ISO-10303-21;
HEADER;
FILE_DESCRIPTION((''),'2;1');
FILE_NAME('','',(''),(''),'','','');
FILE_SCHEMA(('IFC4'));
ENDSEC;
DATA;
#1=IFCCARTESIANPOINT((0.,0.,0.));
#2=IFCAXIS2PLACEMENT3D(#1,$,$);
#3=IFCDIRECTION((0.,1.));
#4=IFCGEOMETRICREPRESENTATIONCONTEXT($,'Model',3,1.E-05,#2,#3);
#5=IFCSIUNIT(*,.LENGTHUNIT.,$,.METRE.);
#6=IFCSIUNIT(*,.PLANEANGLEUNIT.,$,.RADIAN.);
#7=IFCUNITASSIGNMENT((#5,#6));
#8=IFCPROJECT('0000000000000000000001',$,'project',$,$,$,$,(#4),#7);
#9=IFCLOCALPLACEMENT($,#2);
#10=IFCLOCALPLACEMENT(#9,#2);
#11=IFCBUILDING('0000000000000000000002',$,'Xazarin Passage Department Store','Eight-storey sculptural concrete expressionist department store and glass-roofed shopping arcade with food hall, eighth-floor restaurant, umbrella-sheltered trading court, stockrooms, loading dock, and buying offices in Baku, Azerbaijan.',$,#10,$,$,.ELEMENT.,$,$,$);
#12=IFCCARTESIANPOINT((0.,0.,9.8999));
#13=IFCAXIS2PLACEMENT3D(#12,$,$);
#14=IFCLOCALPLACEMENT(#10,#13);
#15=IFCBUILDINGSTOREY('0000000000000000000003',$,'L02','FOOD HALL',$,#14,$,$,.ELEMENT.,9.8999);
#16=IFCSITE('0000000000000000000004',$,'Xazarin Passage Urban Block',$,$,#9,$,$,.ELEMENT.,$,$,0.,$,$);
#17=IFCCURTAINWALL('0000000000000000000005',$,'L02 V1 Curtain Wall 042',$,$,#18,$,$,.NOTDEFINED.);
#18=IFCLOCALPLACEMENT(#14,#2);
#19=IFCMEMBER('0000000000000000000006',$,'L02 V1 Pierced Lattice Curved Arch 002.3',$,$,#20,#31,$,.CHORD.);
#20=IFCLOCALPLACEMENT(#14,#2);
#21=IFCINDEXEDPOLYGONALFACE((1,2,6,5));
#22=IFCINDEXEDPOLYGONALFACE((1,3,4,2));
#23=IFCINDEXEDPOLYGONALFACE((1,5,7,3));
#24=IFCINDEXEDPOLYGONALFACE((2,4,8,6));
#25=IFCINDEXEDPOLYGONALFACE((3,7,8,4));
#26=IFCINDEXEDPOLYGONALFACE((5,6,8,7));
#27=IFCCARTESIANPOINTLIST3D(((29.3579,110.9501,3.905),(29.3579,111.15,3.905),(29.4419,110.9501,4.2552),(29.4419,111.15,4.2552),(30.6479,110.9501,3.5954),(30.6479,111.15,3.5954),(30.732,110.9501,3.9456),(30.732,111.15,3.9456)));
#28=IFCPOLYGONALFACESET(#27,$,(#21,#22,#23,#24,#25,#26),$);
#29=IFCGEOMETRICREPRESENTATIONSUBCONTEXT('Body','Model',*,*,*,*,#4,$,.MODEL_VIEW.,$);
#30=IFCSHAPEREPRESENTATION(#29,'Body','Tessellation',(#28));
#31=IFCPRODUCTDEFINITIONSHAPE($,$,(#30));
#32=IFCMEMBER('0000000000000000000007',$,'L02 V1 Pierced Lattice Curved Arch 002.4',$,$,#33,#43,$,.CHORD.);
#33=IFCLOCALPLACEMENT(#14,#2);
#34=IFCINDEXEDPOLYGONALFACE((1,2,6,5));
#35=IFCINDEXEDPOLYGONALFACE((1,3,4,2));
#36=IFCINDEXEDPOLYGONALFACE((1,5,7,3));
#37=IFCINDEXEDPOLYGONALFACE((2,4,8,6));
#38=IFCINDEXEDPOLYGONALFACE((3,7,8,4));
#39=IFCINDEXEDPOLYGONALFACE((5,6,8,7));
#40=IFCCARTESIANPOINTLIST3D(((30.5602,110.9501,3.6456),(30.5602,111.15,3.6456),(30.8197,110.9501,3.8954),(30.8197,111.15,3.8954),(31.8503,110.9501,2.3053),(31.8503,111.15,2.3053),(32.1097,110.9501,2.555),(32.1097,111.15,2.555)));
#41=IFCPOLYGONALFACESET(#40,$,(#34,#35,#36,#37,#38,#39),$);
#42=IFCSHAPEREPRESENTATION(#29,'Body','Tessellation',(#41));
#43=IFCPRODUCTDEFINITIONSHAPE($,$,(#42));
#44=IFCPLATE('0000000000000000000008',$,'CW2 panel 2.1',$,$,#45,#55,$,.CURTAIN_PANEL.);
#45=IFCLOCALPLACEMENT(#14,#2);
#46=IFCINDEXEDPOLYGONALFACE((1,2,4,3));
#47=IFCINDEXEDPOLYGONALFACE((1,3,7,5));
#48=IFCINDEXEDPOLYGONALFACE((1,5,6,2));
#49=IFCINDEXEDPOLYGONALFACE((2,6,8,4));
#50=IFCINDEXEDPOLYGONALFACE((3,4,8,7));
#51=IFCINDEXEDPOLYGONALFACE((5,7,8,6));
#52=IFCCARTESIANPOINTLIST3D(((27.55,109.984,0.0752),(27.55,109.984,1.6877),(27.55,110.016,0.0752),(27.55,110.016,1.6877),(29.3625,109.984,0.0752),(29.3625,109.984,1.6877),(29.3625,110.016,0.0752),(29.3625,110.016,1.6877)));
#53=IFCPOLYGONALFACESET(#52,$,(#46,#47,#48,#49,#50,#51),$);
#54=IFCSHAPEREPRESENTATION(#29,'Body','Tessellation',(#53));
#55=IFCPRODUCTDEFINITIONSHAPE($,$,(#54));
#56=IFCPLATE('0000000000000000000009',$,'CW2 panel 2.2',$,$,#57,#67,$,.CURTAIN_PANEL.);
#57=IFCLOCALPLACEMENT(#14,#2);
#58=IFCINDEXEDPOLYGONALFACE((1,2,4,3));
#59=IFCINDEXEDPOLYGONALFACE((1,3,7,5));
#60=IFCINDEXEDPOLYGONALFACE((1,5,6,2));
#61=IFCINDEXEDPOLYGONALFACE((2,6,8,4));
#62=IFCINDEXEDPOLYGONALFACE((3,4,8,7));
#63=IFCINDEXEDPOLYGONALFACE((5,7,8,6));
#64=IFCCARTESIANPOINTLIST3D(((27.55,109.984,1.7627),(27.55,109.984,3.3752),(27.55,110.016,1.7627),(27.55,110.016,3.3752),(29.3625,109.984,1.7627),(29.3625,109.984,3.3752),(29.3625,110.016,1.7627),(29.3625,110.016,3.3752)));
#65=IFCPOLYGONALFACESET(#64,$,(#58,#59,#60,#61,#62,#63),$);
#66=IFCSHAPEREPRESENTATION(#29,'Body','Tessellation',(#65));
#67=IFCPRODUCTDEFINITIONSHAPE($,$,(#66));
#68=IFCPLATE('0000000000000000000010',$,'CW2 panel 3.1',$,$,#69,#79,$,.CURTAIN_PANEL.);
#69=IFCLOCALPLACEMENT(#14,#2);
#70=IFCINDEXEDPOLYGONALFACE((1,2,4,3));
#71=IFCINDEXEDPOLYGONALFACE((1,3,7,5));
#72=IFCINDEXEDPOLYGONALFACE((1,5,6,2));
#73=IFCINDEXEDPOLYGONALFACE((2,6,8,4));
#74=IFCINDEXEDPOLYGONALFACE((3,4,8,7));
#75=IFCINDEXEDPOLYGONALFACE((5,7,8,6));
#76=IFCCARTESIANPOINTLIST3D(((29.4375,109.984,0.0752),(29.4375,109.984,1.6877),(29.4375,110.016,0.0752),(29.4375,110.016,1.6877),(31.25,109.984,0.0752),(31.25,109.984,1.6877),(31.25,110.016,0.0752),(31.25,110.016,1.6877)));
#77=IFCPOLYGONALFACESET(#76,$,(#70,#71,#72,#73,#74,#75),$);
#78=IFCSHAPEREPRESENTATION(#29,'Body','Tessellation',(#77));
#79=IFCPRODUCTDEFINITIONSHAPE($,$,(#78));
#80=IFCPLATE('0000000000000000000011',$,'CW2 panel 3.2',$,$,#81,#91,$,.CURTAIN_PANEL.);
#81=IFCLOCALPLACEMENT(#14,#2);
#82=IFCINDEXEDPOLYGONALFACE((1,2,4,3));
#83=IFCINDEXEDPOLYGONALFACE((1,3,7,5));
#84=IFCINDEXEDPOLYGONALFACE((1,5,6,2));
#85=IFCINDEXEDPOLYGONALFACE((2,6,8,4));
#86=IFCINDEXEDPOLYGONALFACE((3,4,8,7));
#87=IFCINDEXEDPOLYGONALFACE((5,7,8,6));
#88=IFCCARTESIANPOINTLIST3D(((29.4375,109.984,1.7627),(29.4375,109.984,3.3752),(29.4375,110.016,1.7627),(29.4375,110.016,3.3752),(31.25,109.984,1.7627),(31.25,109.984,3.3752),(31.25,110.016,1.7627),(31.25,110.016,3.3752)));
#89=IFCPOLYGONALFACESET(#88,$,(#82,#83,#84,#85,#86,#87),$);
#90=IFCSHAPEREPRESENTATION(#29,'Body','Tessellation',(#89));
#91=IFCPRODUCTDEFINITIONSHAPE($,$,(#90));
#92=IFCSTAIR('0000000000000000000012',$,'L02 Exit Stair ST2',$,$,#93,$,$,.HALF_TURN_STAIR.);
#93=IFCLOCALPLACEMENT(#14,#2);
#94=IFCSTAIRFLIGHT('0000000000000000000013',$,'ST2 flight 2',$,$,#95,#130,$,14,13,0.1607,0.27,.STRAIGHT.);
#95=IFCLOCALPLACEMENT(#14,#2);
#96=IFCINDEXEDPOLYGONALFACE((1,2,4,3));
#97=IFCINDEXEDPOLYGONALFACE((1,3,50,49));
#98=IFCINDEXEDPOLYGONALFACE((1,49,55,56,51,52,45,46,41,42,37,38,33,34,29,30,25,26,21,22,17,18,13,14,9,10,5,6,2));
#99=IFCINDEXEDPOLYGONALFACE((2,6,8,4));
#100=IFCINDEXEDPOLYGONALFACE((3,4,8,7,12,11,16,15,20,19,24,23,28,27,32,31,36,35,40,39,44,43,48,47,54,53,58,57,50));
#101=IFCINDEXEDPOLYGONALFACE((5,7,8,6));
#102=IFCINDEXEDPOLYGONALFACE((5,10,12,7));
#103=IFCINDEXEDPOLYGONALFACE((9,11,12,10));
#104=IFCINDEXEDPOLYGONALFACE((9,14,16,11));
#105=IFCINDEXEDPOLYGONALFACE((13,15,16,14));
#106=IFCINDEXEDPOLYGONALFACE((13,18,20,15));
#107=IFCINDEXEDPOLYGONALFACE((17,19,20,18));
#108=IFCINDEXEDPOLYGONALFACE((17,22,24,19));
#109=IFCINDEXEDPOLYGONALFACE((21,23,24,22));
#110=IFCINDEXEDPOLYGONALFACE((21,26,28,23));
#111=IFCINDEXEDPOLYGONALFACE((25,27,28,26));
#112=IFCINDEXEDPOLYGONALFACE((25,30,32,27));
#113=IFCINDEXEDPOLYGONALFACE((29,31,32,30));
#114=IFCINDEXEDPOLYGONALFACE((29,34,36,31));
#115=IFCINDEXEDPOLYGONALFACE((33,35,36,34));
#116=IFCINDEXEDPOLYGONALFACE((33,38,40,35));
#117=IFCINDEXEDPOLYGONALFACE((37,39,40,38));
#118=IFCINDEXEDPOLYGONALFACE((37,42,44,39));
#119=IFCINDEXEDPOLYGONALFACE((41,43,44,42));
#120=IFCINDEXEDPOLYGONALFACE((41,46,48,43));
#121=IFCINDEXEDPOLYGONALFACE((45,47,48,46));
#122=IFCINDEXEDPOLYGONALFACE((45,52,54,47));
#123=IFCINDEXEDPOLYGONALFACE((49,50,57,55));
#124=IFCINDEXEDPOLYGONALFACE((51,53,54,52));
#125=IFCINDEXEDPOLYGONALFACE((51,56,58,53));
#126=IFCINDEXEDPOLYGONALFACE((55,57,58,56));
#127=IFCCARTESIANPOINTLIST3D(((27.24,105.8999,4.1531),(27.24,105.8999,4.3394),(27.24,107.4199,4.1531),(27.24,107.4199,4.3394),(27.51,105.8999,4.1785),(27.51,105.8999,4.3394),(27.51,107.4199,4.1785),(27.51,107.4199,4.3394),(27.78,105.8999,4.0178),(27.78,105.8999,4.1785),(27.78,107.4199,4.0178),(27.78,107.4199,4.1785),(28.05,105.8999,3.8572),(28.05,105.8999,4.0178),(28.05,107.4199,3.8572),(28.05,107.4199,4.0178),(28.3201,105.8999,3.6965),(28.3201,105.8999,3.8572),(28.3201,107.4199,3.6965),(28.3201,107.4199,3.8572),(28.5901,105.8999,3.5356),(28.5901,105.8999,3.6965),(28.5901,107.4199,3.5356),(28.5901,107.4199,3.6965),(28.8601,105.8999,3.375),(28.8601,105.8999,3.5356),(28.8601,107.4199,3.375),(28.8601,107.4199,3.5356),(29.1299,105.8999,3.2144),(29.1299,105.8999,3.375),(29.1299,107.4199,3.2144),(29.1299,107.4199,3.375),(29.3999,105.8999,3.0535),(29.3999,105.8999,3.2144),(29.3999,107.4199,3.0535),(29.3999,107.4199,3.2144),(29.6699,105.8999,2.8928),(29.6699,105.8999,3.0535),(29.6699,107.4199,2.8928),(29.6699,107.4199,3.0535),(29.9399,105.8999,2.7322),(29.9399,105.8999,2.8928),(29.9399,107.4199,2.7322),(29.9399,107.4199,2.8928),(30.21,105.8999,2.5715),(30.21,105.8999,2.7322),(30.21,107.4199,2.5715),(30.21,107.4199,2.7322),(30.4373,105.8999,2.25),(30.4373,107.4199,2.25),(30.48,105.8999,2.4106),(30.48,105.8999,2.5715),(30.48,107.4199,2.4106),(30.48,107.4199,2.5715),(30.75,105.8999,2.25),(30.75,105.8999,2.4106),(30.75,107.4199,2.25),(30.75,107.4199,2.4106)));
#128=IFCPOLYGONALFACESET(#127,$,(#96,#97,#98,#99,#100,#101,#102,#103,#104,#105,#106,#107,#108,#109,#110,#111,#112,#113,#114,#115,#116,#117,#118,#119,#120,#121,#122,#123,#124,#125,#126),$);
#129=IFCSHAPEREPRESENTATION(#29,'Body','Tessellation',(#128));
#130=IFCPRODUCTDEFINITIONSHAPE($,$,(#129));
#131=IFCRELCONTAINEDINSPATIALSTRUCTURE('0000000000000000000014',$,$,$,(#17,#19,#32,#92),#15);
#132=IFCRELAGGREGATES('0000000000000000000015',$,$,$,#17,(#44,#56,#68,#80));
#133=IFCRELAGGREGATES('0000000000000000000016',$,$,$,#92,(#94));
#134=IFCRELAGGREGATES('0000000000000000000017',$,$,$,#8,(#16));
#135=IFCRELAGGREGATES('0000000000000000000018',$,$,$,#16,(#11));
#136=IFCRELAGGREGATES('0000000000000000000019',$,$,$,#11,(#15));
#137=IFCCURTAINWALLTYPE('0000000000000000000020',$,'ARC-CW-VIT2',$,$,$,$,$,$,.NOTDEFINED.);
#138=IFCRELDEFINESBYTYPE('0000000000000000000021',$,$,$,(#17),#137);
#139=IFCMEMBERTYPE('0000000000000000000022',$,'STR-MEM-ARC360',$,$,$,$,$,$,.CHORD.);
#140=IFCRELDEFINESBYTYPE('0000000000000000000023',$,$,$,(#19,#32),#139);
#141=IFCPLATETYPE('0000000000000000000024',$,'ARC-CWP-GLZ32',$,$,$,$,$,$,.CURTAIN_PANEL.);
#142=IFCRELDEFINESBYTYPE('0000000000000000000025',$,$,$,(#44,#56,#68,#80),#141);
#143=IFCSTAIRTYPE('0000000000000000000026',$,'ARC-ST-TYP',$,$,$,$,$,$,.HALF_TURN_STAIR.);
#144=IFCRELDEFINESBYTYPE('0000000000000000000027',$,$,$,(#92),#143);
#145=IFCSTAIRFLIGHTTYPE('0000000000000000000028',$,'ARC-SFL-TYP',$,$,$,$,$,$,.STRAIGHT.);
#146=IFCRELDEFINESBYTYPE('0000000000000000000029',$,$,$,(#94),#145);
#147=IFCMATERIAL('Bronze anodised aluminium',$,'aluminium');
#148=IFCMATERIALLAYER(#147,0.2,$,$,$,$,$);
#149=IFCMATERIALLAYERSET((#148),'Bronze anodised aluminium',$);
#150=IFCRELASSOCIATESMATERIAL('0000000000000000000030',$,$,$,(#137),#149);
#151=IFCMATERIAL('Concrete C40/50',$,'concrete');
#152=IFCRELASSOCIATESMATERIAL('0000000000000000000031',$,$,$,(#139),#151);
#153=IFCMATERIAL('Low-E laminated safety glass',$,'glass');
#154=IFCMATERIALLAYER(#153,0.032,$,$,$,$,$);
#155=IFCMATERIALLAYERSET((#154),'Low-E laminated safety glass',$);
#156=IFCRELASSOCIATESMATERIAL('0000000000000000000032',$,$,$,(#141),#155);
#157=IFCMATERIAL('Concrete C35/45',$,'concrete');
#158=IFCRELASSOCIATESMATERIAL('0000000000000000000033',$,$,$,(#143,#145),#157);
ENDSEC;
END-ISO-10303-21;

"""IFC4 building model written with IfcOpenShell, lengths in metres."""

from ifc_helpers import new_model, si_unit, direction, frame, origin, origin_2d, place, context, subcontext, project, spatial, polyline, rectangle, outline, extrude, material, layer, layer_set, material_profile, profile_set, type_object, element, aggregate, save


model = new_model("IFC4")

# Units and contexts
model_context = context("Model", 3, precision=1e-05, world=origin(), true_north=direction((0.0, 1.0)))
body_context = subcontext(model_context, "Body", "Model", "MODEL_VIEW")
ifc_project = project(units=[si_unit("LENGTHUNIT", "METRE"), si_unit("PLANEANGLEUNIT", "RADIAN")], contexts=[model_context])

# Site, building, storey
site_placement = place(None, origin())
site = spatial("IfcSite", under=ifc_project, at=site_placement, Name="Xazarin Passage Urban Block", CompositionType="ELEMENT", RefElevation=0.0)
building_placement = place(site_placement, origin())
building = spatial("IfcBuilding", under=site, at=building_placement, Name="Xazarin Passage Department Store", Description="Eight-storey sculptural concrete expressionist department store and glass-roofed shopping arcade with food hall, eighth-floor restaurant, umbrella-sheltered trading court, stockrooms, loading dock, and buying offices in Baku, Azerbaijan.", CompositionType="ELEMENT")
storey_placement = place(building_placement, frame((0.0, 0.0, 9.8999)))
storey = spatial("IfcBuildingStorey", under=building, at=storey_placement, Name="L02", Description="FOOD HALL", CompositionType="ELEMENT", Elevation=9.8999)

# Curtain wall
ifc_material_1 = material(Name="Bronze anodised aluminium", Category="aluminium")
ifc_layer_1 = layer(ifc_material_1, 0.2)
ifc_layer_set_1 = layer_set([ifc_layer_1], Name="Bronze anodised aluminium")
curtain_wall_type = type_object("IfcCurtainWallType", Name="ARC-CW-VIT2", PredefinedType="NOTDEFINED", material=ifc_layer_set_1)
curtain_wall_placement = place(storey_placement, origin())
curtain_wall = element("IfcCurtainWall", 1, at=curtain_wall_placement, inside=storey, type_object=curtain_wall_type, Name="L02 V1 Curtain Wall 042", PredefinedType="NOTDEFINED")

# Members
ifc_material_2 = material(Name="Concrete C40/50", Category="concrete")
ifc_material_profile_1 = material_profile(ifc_material_2, rectangle(XDim=0.2, YDim=0.3601, at=origin_2d()), Name="RC 200x360")
ifc_profile_set_1 = profile_set([ifc_material_profile_1], Name="Concrete C40/50")
member_type_1 = type_object("IfcMemberType", Name="STR-MEM-ARC360", PredefinedType="CHORD", material=ifc_profile_set_1)
member_1_placement = place(storey_placement, frame((29.3999, 111.05, 4.0801), z_axis=(0.972394, 0.0, -0.233345), x_axis=(0.0, 1.0, 0.0)))
element("IfcMember", 2, at=member_1_placement, inside=storey, type_object=member_type_1, Name="L02 V1 Pierced Lattice Curved Arch 002.3", PredefinedType="CHORD", context=body_context, shape_type="SweptSolid", body=[
    extrude(rectangle(XDim=0.2, YDim=0.3601, at=origin_2d()), origin(), (0.0, 0.0, 1.0), 1.3267),
])
member_2_placement = place(storey_placement, frame((30.6899, 111.05, 3.7705), z_axis=(0.69346, 0.0, -0.720495), x_axis=(0.0, 1.0, 0.0)))
element("IfcMember", 3, at=member_2_placement, inside=storey, type_object=member_type_1, Name="L02 V1 Pierced Lattice Curved Arch 002.4", PredefinedType="CHORD", context=body_context, shape_type="SweptSolid", body=[
    extrude(rectangle(XDim=0.2, YDim=0.3601, at=origin_2d()), origin(), (0.0, 0.0, 1.0), 1.8604),
])

# Plates
ifc_material_3 = material(Name="Low-E laminated safety glass", Category="glass")
ifc_layer_2 = layer(ifc_material_3, 0.032)
ifc_layer_set_2 = layer_set([ifc_layer_2], Name="Low-E laminated safety glass")
plate_type = type_object("IfcPlateType", Name="ARC-CWP-GLZ32", PredefinedType="CURTAIN_PANEL", material=ifc_layer_set_2)
plate_1_placement = place(storey_placement, frame((28.4563, 110.0, 0.0752), z_axis=(0.0, 0.0, 1.0), x_axis=(1.0, 0.0, 0.0)))
plate_1 = element("IfcPlate", 4, at=plate_1_placement, type_object=plate_type, Name="CW2 panel 2.1", PredefinedType="CURTAIN_PANEL", context=body_context, shape_type="SweptSolid", body=[
    extrude(rectangle(XDim=1.8125, YDim=0.032, at=origin_2d()), origin(), (0.0, 0.0, 1.0), 1.6125),
])
plate_2_placement = place(storey_placement, frame((28.4563, 110.0, 1.7627), z_axis=(0.0, 0.0, 1.0), x_axis=(1.0, 0.0, 0.0)))
plate_2 = element("IfcPlate", 5, at=plate_2_placement, type_object=plate_type, Name="CW2 panel 2.2", PredefinedType="CURTAIN_PANEL", context=body_context, shape_type="SweptSolid", body=[
    extrude(rectangle(XDim=1.8125, YDim=0.032, at=origin_2d()), origin(), (0.0, 0.0, 1.0), 1.6125),
])
plate_3_placement = place(storey_placement, frame((30.3438, 110.0, 0.0752), z_axis=(0.0, 0.0, 1.0), x_axis=(1.0, 0.0, 0.0)))
plate_3 = element("IfcPlate", 6, at=plate_3_placement, type_object=plate_type, Name="CW2 panel 3.1", PredefinedType="CURTAIN_PANEL", context=body_context, shape_type="SweptSolid", body=[
    extrude(rectangle(XDim=1.8125, YDim=0.032, at=origin_2d()), origin(), (0.0, 0.0, 1.0), 1.6125),
])
plate_4_placement = place(storey_placement, frame((30.3438, 110.0, 1.7627), z_axis=(0.0, 0.0, 1.0), x_axis=(1.0, 0.0, 0.0)))
plate_4 = element("IfcPlate", 7, at=plate_4_placement, type_object=plate_type, Name="CW2 panel 3.2", PredefinedType="CURTAIN_PANEL", context=body_context, shape_type="SweptSolid", body=[
    extrude(rectangle(XDim=1.8125, YDim=0.032, at=origin_2d()), origin(), (0.0, 0.0, 1.0), 1.6125),
])
aggregate(curtain_wall, [plate_1, plate_2, plate_3, plate_4])

# Stair, stair flight
ifc_material_4 = material(Name="Concrete C35/45", Category="concrete")
stair_type = type_object("IfcStairType", Name="ARC-ST-TYP", PredefinedType="HALF_TURN_STAIR", material=ifc_material_4)
stair_placement = place(storey_placement, origin())
stair = element("IfcStair", 8, at=stair_placement, inside=storey, type_object=stair_type, Name="L02 Exit Stair ST2", PredefinedType="HALF_TURN_STAIR")
stair_flight_type = type_object("IfcStairFlightType", Name="ARC-SFL-TYP", PredefinedType="STRAIGHT", material=ifc_material_4)
stair_flight_placement = place(storey_placement, frame((30.75, 106.6599, 2.25), z_axis=(0.0, 0.0, 1.0), x_axis=(-1.0, 0.0, 0.0)))
stair_flight = element("IfcStairFlight", 9, at=stair_flight_placement, type_object=stair_flight_type, Name="ST2 flight 2", NumberOfRisers=14, NumberOfTreads=13, PredefinedType="STRAIGHT", RiserHeight=0.1607, TreadLength=0.27, context=body_context, shape_type="SweptSolid", body=[
    extrude(outline(polyline([(0.0, 0.0), (0.0, 0.1606), (0.27, 0.1606), (0.27, 0.3215), (0.54, 0.3215), (0.54, 0.4822), (0.8101, 0.4822), (0.8101, 0.6428), (1.0801, 0.6428), (1.0801, 0.8035), (1.3501, 0.8035), (1.3501, 0.9644), (1.6201, 0.9644), (1.6201, 1.125), (1.8899, 1.125), (1.8899, 1.2856), (2.1599, 1.2856), (2.1599, 1.4465), (2.4299, 1.4465), (2.4299, 1.6072), (2.7, 1.6072), (2.7, 1.7678), (2.97, 1.7678), (2.97, 1.9285), (3.24, 1.9285), (3.24, 2.0894), (3.51, 2.0894), (3.51, 2.25), (3.51, 1.9031), (0.3127, 0.0), (0.0, 0.0)])), frame((0.0, 0.76, 0.0), z_axis=(0.0, -1.0, 0.0), x_axis=(1.0, 0.0, 0.0)), (0.0, 0.0, 1.0), 1.52),
])
aggregate(stair, [stair_flight])

save(model, "model.ifc")
